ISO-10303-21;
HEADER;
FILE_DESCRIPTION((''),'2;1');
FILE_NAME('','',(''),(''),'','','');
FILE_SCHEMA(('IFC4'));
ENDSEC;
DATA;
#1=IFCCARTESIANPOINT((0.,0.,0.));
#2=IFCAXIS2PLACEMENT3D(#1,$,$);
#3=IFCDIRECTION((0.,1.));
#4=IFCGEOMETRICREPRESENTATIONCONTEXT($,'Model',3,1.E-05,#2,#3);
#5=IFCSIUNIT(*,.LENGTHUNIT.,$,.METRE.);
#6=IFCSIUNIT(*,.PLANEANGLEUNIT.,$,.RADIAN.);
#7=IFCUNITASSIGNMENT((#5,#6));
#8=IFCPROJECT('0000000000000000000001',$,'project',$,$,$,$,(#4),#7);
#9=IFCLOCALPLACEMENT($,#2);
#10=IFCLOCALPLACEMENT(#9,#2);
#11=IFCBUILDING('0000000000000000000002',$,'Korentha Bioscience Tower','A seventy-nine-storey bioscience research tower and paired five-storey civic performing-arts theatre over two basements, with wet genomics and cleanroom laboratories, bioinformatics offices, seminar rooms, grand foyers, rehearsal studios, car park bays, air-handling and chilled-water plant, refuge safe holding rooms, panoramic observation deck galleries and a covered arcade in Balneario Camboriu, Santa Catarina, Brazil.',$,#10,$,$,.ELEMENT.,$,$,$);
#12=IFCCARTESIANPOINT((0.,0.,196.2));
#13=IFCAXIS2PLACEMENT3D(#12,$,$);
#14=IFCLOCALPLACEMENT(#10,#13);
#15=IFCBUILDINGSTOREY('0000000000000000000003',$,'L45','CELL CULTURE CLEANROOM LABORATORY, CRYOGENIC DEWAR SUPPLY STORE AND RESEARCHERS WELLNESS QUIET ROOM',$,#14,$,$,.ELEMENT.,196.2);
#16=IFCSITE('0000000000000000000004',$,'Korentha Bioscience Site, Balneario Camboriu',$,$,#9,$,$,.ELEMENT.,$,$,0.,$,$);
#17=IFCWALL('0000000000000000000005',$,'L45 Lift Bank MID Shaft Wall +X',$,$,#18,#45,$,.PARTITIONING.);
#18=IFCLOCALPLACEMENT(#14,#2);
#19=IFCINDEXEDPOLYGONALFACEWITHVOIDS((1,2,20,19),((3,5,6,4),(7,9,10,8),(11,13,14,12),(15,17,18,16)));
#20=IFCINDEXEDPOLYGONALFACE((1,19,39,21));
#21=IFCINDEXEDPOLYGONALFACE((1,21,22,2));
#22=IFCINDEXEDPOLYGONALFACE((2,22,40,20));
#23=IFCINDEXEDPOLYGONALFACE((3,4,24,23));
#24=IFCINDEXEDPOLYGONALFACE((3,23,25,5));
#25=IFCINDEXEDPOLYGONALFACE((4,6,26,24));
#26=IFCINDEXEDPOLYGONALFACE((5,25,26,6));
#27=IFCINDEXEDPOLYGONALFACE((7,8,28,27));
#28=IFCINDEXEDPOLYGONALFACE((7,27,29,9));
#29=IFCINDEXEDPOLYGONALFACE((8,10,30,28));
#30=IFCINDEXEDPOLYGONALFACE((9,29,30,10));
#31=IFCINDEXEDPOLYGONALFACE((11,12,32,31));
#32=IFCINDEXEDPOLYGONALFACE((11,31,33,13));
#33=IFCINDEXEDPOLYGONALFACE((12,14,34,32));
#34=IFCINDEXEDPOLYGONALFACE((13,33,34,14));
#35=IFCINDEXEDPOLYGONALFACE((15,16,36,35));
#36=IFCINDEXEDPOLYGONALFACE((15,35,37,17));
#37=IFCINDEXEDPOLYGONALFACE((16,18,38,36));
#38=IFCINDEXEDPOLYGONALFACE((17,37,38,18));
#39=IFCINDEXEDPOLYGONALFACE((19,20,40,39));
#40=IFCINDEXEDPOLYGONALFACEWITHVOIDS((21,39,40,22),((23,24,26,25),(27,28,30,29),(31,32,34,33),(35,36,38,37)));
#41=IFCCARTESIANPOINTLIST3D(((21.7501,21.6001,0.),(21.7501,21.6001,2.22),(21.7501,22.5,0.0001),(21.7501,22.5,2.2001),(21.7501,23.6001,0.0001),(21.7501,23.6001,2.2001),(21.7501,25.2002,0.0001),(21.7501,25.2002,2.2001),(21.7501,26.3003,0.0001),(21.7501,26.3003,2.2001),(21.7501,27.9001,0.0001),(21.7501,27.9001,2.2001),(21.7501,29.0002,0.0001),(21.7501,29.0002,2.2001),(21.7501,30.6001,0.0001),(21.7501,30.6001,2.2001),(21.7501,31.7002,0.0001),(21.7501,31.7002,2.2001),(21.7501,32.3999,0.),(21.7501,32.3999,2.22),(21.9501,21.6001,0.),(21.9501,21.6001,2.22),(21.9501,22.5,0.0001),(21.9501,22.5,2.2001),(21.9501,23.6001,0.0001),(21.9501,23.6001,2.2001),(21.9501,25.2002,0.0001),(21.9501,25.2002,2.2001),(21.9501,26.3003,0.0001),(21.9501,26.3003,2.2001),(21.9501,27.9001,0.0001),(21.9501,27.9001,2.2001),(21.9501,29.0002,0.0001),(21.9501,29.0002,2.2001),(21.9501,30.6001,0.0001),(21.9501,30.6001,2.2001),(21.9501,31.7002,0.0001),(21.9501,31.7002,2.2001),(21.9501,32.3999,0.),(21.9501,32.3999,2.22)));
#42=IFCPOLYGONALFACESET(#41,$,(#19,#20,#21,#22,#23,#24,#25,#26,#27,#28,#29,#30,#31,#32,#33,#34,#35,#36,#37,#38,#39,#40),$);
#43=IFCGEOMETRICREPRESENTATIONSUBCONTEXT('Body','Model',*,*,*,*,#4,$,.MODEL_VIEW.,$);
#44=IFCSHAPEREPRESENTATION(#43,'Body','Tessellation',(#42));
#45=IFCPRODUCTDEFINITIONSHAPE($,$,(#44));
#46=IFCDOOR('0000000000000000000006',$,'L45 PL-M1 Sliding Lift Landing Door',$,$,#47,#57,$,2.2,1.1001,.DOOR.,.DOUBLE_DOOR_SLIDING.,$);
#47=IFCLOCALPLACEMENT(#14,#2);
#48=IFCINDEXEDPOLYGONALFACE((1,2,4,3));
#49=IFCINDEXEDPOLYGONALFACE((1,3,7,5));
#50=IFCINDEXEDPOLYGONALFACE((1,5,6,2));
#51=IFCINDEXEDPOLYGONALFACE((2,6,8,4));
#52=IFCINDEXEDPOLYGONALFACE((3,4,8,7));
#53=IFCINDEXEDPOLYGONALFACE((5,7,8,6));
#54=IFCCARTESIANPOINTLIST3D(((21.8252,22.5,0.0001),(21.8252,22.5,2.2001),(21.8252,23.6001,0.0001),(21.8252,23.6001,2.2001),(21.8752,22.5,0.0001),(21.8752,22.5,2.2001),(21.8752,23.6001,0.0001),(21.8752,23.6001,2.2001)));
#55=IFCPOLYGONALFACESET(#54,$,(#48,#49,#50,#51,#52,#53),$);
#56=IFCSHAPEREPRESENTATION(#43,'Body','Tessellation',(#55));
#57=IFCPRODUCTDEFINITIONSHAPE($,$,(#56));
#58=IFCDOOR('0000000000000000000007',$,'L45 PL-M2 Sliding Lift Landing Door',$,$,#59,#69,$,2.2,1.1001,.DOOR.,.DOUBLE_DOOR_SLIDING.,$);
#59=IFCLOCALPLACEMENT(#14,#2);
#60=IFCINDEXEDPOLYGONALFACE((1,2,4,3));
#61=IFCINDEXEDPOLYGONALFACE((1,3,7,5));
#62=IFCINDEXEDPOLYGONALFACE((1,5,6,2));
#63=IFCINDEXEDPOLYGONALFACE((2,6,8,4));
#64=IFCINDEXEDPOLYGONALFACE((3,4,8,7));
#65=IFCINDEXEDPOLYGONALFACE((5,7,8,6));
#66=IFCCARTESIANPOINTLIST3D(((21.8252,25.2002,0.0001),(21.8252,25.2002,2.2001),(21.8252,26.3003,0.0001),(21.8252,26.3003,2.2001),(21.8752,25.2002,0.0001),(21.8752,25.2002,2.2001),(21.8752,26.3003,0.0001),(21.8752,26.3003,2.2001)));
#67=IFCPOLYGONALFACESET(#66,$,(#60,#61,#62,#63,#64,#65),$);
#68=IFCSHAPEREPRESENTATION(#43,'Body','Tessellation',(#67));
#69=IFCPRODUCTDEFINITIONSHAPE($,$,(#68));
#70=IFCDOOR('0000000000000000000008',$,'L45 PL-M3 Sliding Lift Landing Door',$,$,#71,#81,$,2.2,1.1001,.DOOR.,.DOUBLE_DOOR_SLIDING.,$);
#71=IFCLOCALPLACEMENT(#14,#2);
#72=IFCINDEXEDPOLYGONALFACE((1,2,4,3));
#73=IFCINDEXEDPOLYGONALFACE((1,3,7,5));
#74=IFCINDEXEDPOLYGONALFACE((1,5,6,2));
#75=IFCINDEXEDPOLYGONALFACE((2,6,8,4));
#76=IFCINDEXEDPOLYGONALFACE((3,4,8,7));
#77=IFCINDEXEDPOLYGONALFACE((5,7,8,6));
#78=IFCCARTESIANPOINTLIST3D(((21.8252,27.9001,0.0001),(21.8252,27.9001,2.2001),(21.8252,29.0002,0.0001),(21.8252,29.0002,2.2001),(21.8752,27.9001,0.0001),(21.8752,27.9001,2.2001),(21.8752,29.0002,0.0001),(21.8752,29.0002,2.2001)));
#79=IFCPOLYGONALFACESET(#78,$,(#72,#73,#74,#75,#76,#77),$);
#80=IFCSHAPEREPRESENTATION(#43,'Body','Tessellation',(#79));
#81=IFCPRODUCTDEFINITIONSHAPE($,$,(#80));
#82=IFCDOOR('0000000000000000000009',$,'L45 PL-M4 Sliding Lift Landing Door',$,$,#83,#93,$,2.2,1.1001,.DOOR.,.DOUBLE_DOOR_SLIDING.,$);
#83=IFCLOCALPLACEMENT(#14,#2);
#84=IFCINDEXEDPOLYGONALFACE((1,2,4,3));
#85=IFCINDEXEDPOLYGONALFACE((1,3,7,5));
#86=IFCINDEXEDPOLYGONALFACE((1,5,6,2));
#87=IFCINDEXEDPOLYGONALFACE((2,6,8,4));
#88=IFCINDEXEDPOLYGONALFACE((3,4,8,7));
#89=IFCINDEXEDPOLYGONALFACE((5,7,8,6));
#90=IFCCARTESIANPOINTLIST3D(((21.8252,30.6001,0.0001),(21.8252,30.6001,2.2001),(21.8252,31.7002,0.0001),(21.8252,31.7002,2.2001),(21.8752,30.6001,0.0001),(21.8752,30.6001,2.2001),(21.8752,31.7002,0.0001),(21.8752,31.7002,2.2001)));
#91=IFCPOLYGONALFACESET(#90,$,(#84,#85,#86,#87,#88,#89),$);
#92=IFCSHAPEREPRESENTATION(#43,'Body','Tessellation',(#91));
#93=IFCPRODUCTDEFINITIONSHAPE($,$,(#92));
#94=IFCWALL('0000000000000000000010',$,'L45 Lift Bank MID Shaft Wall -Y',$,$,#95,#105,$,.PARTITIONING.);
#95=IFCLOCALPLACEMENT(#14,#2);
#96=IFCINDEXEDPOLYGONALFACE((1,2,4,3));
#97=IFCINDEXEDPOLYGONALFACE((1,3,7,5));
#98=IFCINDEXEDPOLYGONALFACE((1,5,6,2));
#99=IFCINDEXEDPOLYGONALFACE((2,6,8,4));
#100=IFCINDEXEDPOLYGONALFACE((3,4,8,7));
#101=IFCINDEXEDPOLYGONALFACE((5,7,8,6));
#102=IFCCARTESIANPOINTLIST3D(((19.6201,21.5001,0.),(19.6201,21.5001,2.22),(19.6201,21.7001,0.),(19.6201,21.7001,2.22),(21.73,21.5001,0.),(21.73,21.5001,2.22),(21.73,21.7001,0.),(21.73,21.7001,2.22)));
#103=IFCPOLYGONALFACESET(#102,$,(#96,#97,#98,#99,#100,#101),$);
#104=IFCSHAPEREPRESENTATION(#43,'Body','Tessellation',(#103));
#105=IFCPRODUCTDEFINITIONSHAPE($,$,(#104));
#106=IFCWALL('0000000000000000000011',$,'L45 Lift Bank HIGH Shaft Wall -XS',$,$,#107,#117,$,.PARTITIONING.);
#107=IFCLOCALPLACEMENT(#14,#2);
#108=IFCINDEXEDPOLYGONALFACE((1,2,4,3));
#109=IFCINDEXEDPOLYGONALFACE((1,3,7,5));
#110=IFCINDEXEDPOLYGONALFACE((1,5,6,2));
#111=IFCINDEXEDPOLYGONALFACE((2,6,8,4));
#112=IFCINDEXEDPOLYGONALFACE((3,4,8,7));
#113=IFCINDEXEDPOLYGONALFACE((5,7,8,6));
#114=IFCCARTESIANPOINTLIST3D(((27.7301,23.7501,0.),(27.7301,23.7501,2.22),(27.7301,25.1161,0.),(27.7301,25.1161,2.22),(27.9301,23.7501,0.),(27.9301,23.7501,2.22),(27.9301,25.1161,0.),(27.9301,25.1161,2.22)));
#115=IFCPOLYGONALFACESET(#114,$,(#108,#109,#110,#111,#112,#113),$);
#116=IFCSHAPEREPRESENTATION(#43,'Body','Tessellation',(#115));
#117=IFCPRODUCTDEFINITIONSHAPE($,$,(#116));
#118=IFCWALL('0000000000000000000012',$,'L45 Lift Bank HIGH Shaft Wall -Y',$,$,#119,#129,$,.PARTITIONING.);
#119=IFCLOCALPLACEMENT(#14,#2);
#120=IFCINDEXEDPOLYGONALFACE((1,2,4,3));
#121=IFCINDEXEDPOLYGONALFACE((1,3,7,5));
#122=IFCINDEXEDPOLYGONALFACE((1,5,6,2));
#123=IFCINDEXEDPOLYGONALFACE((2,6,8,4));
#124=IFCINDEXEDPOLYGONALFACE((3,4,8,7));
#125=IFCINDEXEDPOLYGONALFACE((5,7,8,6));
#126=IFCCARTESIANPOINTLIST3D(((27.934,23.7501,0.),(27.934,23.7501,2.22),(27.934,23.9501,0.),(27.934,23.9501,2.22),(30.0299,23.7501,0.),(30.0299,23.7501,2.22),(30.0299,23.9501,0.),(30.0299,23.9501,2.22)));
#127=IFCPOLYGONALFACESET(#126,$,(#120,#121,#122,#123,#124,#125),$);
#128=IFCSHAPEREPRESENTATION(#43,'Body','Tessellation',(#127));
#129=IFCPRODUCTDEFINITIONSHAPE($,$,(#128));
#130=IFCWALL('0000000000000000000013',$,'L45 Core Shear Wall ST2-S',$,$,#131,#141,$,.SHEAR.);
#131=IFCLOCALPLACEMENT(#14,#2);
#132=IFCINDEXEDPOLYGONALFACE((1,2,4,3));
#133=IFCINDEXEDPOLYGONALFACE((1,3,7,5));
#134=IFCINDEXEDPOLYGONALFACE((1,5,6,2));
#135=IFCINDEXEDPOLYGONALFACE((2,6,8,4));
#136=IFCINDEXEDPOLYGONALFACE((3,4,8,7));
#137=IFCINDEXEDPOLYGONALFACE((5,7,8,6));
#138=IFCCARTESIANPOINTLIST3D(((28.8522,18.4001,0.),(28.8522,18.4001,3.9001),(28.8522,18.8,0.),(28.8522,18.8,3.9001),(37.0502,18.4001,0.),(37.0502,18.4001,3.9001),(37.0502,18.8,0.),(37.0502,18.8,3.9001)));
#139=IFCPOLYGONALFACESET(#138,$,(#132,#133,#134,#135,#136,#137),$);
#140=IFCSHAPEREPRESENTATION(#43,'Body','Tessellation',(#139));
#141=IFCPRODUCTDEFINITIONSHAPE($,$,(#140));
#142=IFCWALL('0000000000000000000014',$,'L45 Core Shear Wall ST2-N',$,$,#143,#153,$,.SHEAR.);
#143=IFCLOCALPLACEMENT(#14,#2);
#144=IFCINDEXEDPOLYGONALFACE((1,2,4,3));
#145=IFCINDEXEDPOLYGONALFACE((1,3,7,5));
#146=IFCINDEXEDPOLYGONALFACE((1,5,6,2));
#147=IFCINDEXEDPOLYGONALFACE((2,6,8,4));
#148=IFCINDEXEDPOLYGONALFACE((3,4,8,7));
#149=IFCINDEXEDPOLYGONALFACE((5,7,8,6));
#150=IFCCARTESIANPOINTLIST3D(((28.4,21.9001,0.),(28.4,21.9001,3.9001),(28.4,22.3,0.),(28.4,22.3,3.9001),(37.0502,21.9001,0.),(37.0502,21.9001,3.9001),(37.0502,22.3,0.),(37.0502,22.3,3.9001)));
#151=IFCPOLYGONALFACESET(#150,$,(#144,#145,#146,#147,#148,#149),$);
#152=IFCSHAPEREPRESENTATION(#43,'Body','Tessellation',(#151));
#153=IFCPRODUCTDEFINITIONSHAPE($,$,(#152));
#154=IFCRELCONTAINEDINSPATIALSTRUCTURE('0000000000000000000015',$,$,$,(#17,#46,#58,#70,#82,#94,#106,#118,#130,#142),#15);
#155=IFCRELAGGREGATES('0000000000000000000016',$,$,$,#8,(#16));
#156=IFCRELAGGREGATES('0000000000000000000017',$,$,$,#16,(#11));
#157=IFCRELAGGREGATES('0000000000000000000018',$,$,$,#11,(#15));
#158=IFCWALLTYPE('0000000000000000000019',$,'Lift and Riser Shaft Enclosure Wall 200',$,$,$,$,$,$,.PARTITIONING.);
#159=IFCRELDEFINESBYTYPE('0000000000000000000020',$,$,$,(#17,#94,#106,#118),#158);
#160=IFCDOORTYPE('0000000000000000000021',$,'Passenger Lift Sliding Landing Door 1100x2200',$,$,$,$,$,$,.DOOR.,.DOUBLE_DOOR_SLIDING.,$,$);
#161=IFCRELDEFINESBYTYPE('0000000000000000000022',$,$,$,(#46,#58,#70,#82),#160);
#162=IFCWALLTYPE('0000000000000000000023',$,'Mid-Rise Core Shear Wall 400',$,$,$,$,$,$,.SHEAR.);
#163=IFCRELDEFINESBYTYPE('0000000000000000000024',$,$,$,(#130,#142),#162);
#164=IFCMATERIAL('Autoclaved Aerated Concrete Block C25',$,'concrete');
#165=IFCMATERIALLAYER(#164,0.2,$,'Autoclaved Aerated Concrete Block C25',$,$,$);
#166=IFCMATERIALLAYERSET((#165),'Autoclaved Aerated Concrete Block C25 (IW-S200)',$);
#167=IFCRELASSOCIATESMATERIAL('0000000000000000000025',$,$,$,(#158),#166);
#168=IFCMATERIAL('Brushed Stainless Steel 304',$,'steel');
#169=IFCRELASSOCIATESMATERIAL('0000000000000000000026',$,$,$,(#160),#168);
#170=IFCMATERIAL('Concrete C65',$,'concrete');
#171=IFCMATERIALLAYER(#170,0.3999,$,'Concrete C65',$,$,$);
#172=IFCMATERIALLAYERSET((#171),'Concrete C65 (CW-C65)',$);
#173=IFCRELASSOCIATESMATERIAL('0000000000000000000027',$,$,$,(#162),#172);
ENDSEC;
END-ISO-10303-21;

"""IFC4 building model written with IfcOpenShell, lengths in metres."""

from ifc_helpers import new_model, si_unit, direction, frame, frame_2d, origin, place, context, subcontext, project, spatial, rectangle, extrude, material, layer, layer_set, type_object, element, fill, save


model = new_model("IFC4")

# Units and contexts
model_context = context("Model", 3, precision=1e-05, world=origin(), true_north=direction((0.0, 1.0)))
body_context = subcontext(model_context, "Body", "Model", "MODEL_VIEW")
ifc_project = project(units=[si_unit("LENGTHUNIT", "METRE"), si_unit("PLANEANGLEUNIT", "RADIAN")], contexts=[model_context])

# Site, building, storey
site_placement = place(None, origin())
site = spatial("IfcSite", under=ifc_project, at=site_placement, Name="Korentha Bioscience Site, Balneario Camboriu", CompositionType="ELEMENT", RefElevation=0.0)
building_placement = place(site_placement, origin())
building = spatial("IfcBuilding", under=site, at=building_placement, Name="Korentha Bioscience Tower", Description="A seventy-nine-storey bioscience research tower and paired five-storey civic performing-arts theatre over two basements, with wet genomics and cleanroom laboratories, bioinformatics offices, seminar rooms, grand foyers, rehearsal studios, car park bays, air-handling and chilled-water plant, refuge safe holding rooms, panoramic observation deck galleries and a covered arcade in Balneario Camboriu, Santa Catarina, Brazil.", CompositionType="ELEMENT")
storey_placement = place(building_placement, frame((0.0, 0.0, 196.2)))
storey = spatial("IfcBuildingStorey", under=building, at=storey_placement, Name="L45", Description="CELL CULTURE CLEANROOM LABORATORY, CRYOGENIC DEWAR SUPPLY STORE AND RESEARCHERS WELLNESS QUIET ROOM", CompositionType="ELEMENT", Elevation=196.2)

# Shared definitions
ifc_material_1 = material(Name="Concrete C65", Category="concrete")

# Shared definitions
ifc_material_2 = material(Name="Autoclaved Aerated Concrete Block C25", Category="concrete")
ifc_layer_1 = layer(ifc_material_2, 0.2, Name="Autoclaved Aerated Concrete Block C25")
ifc_layer_set_1 = layer_set([ifc_layer_1], Name="Autoclaved Aerated Concrete Block C25 (IW-S200)")
wall_type_1 = type_object("IfcWallType", Name="Lift and Riser Shaft Enclosure Wall 200", PredefinedType="PARTITIONING", material=ifc_layer_set_1)

# Wall, openings, doors
wall_1_placement = place(storey_placement, frame((21.8501, 21.6001, 0.0), z_axis=(0.0, 0.0, 1.0), x_axis=(0.0, 1.0, 0.0)))
wall_1 = element("IfcWall", 1, at=wall_1_placement, inside=storey, type_object=wall_type_1, Name="L45 Lift Bank MID Shaft Wall +X", PredefinedType="PARTITIONING", context=body_context, shape_type="SweptSolid", body=[
    extrude(rectangle(XDim=10.7998, YDim=0.2, at=frame_2d((5.3999, 0.0))), origin(), (0.0, 0.0, 1.0), 2.22),
])
opening_1_placement = place(wall_1_placement, frame((0.8999, 0.0, 0.0)))
opening_1 = element("IfcOpeningElement", 2, at=opening_1_placement, cuts=wall_1, PredefinedType="OPENING", context=body_context, shape_type="SweptSolid", body=[
    extrude(rectangle(XDim=1.1001, YDim=2.2, at=frame_2d((0.55, 1.1001))), frame((0.0, 0.1147, 0.0), z_axis=(0.0, -1.0, 0.0), x_axis=(1.0, 0.0, 0.0)), (0.0, 0.0, 1.0), 0.2297),
])
opening_2_placement = place(wall_1_placement, frame((3.6001, 0.0, 0.0)))
opening_2 = element("IfcOpeningElement", 3, at=opening_2_placement, cuts=wall_1, PredefinedType="OPENING", context=body_context, shape_type="SweptSolid", body=[
    extrude(rectangle(XDim=1.1001, YDim=2.2, at=frame_2d((0.55, 1.1001))), frame((0.0, 0.1147, 0.0), z_axis=(0.0, -1.0, 0.0), x_axis=(1.0, 0.0, 0.0)), (0.0, 0.0, 1.0), 0.2297),
])
opening_3_placement = place(wall_1_placement, frame((6.3, 0.0, 0.0)))
opening_3 = element("IfcOpeningElement", 4, at=opening_3_placement, cuts=wall_1, PredefinedType="OPENING", context=body_context, shape_type="SweptSolid", body=[
    extrude(rectangle(XDim=1.1001, YDim=2.2, at=frame_2d((0.55, 1.1001))), frame((0.0, 0.1147, 0.0), z_axis=(0.0, -1.0, 0.0), x_axis=(1.0, 0.0, 0.0)), (0.0, 0.0, 1.0), 0.2297),
])
opening_4_placement = place(wall_1_placement, frame((9.0, 0.0, 0.0)))
opening_4 = element("IfcOpeningElement", 5, at=opening_4_placement, cuts=wall_1, PredefinedType="OPENING", context=body_context, shape_type="SweptSolid", body=[
    extrude(rectangle(XDim=1.1001, YDim=2.2, at=frame_2d((0.55, 1.1001))), frame((0.0, 0.1147, 0.0), z_axis=(0.0, -1.0, 0.0), x_axis=(1.0, 0.0, 0.0)), (0.0, 0.0, 1.0), 0.2297),
])
ifc_material_3 = material(Name="Brushed Stainless Steel 304", Category="steel")
door_type_1 = type_object("IfcDoorType", Name="Passenger Lift Sliding Landing Door 1100x2200", OperationType="DOUBLE_DOOR_SLIDING", PredefinedType="DOOR", material=ifc_material_3)
door_1_placement = place(opening_1_placement, origin())
door_1 = element("IfcDoor", 6, at=door_1_placement, inside=storey, type_object=door_type_1, Name="L45 PL-M1 Sliding Lift Landing Door", OperationType="DOUBLE_DOOR_SLIDING", OverallHeight=2.2, OverallWidth=1.1001, PredefinedType="DOOR", context=body_context, shape_type="SweptSolid", body=[
    extrude(rectangle(XDim=1.1001, YDim=2.2, at=frame_2d((0.55, 1.1001))), frame((0.0, 0.0249, 0.0), z_axis=(0.0, -1.0, 0.0), x_axis=(1.0, 0.0, 0.0)), (0.0, 0.0, 1.0), 0.05),
])
fill(opening_1, door_1)
door_2_placement = place(opening_2_placement, origin())
door_2 = element("IfcDoor", 7, at=door_2_placement, inside=storey, type_object=door_type_1, Name="L45 PL-M2 Sliding Lift Landing Door", OperationType="DOUBLE_DOOR_SLIDING", OverallHeight=2.2, OverallWidth=1.1001, PredefinedType="DOOR", context=body_context, shape_type="SweptSolid", body=[
    extrude(rectangle(XDim=1.1001, YDim=2.2, at=frame_2d((0.55, 1.1001))), frame((0.0, 0.0249, 0.0), z_axis=(0.0, -1.0, 0.0), x_axis=(1.0, 0.0, 0.0)), (0.0, 0.0, 1.0), 0.05),
])
fill(opening_2, door_2)
door_3_placement = place(opening_3_placement, origin())
door_3 = element("IfcDoor", 8, at=door_3_placement, inside=storey, type_object=door_type_1, Name="L45 PL-M3 Sliding Lift Landing Door", OperationType="DOUBLE_DOOR_SLIDING", OverallHeight=2.2, OverallWidth=1.1001, PredefinedType="DOOR", context=body_context, shape_type="SweptSolid", body=[
    extrude(rectangle(XDim=1.1001, YDim=2.2, at=frame_2d((0.55, 1.1001))), frame((0.0, 0.0249, 0.0), z_axis=(0.0, -1.0, 0.0), x_axis=(1.0, 0.0, 0.0)), (0.0, 0.0, 1.0), 0.05),
])
fill(opening_3, door_3)
door_4_placement = place(opening_4_placement, origin())
door_4 = element("IfcDoor", 9, at=door_4_placement, inside=storey, type_object=door_type_1, Name="L45 PL-M4 Sliding Lift Landing Door", OperationType="DOUBLE_DOOR_SLIDING", OverallHeight=2.2, OverallWidth=1.1001, PredefinedType="DOOR", context=body_context, shape_type="SweptSolid", body=[
    extrude(rectangle(XDim=1.1001, YDim=2.2, at=frame_2d((0.55, 1.1001))), frame((0.0, 0.0249, 0.0), z_axis=(0.0, -1.0, 0.0), x_axis=(1.0, 0.0, 0.0)), (0.0, 0.0, 1.0), 0.05),
])
fill(opening_4, door_4)

# Walls
wall_2_placement = place(storey_placement, frame((19.6201, 21.6001, 0.0), z_axis=(0.0, 0.0, 1.0), x_axis=(1.0, 0.0, 0.0)))
element("IfcWall", 10, at=wall_2_placement, inside=storey, type_object=wall_type_1, Name="L45 Lift Bank MID Shaft Wall -Y", PredefinedType="PARTITIONING", context=body_context, shape_type="SweptSolid", body=[
    extrude(rectangle(XDim=2.1099, YDim=0.2, at=frame_2d((1.0549, 0.0))), origin(), (0.0, 0.0, 1.0), 2.22),
])
wall_3_placement = place(storey_placement, frame((27.8301, 23.75, 0.0), z_axis=(0.0, 0.0, 1.0), x_axis=(0.0, 1.0, 0.0)))
element("IfcWall", 11, at=wall_3_placement, inside=storey, type_object=wall_type_1, Name="L45 Lift Bank HIGH Shaft Wall -XS", PredefinedType="PARTITIONING", context=body_context, shape_type="SweptSolid", body=[
    extrude(rectangle(XDim=1.366, YDim=0.2, at=frame_2d((0.6831, 0.0))), origin(), (0.0, 0.0, 1.0), 2.22),
])
wall_4_placement = place(storey_placement, frame((27.9341, 23.8501, 0.0), z_axis=(0.0, 0.0, 1.0), x_axis=(1.0, 0.0, 0.0)))
element("IfcWall", 12, at=wall_4_placement, inside=storey, type_object=wall_type_1, Name="L45 Lift Bank HIGH Shaft Wall -Y", PredefinedType="PARTITIONING", context=body_context, shape_type="SweptSolid", body=[
    extrude(rectangle(XDim=2.0959, YDim=0.2, at=frame_2d((1.0479, 0.0))), origin(), (0.0, 0.0, 1.0), 2.22),
])
ifc_layer_2 = layer(ifc_material_1, 0.3999, Name="Concrete C65")
ifc_layer_set_2 = layer_set([ifc_layer_2], Name="Concrete C65 (CW-C65)")
wall_type_2 = type_object("IfcWallType", Name="Mid-Rise Core Shear Wall 400", PredefinedType="SHEAR", material=ifc_layer_set_2)
wall_5_placement = place(storey_placement, frame((28.8521, 18.6001, 0.0), z_axis=(0.0, 0.0, 1.0), x_axis=(1.0, 0.0, 0.0)))
element("IfcWall", 13, at=wall_5_placement, inside=storey, type_object=wall_type_2, Name="L45 Core Shear Wall ST2-S", PredefinedType="SHEAR", context=body_context, shape_type="SweptSolid", body=[
    extrude(rectangle(XDim=8.198, YDim=0.3999, at=frame_2d((4.0991, 0.0))), origin(), (0.0, 0.0, 1.0), 3.9001),
])
wall_6_placement = place(storey_placement, frame((28.3999, 22.1001, 0.0), z_axis=(0.0, 0.0, 1.0), x_axis=(1.0, 0.0, 0.0)))
element("IfcWall", 14, at=wall_6_placement, inside=storey, type_object=wall_type_2, Name="L45 Core Shear Wall ST2-N", PredefinedType="SHEAR", context=body_context, shape_type="SweptSolid", body=[
    extrude(rectangle(XDim=8.6501, YDim=0.3999, at=frame_2d((4.3252, 0.0))), origin(), (0.0, 0.0, 1.0), 3.9001),
])

save(model, "model.ifc")
